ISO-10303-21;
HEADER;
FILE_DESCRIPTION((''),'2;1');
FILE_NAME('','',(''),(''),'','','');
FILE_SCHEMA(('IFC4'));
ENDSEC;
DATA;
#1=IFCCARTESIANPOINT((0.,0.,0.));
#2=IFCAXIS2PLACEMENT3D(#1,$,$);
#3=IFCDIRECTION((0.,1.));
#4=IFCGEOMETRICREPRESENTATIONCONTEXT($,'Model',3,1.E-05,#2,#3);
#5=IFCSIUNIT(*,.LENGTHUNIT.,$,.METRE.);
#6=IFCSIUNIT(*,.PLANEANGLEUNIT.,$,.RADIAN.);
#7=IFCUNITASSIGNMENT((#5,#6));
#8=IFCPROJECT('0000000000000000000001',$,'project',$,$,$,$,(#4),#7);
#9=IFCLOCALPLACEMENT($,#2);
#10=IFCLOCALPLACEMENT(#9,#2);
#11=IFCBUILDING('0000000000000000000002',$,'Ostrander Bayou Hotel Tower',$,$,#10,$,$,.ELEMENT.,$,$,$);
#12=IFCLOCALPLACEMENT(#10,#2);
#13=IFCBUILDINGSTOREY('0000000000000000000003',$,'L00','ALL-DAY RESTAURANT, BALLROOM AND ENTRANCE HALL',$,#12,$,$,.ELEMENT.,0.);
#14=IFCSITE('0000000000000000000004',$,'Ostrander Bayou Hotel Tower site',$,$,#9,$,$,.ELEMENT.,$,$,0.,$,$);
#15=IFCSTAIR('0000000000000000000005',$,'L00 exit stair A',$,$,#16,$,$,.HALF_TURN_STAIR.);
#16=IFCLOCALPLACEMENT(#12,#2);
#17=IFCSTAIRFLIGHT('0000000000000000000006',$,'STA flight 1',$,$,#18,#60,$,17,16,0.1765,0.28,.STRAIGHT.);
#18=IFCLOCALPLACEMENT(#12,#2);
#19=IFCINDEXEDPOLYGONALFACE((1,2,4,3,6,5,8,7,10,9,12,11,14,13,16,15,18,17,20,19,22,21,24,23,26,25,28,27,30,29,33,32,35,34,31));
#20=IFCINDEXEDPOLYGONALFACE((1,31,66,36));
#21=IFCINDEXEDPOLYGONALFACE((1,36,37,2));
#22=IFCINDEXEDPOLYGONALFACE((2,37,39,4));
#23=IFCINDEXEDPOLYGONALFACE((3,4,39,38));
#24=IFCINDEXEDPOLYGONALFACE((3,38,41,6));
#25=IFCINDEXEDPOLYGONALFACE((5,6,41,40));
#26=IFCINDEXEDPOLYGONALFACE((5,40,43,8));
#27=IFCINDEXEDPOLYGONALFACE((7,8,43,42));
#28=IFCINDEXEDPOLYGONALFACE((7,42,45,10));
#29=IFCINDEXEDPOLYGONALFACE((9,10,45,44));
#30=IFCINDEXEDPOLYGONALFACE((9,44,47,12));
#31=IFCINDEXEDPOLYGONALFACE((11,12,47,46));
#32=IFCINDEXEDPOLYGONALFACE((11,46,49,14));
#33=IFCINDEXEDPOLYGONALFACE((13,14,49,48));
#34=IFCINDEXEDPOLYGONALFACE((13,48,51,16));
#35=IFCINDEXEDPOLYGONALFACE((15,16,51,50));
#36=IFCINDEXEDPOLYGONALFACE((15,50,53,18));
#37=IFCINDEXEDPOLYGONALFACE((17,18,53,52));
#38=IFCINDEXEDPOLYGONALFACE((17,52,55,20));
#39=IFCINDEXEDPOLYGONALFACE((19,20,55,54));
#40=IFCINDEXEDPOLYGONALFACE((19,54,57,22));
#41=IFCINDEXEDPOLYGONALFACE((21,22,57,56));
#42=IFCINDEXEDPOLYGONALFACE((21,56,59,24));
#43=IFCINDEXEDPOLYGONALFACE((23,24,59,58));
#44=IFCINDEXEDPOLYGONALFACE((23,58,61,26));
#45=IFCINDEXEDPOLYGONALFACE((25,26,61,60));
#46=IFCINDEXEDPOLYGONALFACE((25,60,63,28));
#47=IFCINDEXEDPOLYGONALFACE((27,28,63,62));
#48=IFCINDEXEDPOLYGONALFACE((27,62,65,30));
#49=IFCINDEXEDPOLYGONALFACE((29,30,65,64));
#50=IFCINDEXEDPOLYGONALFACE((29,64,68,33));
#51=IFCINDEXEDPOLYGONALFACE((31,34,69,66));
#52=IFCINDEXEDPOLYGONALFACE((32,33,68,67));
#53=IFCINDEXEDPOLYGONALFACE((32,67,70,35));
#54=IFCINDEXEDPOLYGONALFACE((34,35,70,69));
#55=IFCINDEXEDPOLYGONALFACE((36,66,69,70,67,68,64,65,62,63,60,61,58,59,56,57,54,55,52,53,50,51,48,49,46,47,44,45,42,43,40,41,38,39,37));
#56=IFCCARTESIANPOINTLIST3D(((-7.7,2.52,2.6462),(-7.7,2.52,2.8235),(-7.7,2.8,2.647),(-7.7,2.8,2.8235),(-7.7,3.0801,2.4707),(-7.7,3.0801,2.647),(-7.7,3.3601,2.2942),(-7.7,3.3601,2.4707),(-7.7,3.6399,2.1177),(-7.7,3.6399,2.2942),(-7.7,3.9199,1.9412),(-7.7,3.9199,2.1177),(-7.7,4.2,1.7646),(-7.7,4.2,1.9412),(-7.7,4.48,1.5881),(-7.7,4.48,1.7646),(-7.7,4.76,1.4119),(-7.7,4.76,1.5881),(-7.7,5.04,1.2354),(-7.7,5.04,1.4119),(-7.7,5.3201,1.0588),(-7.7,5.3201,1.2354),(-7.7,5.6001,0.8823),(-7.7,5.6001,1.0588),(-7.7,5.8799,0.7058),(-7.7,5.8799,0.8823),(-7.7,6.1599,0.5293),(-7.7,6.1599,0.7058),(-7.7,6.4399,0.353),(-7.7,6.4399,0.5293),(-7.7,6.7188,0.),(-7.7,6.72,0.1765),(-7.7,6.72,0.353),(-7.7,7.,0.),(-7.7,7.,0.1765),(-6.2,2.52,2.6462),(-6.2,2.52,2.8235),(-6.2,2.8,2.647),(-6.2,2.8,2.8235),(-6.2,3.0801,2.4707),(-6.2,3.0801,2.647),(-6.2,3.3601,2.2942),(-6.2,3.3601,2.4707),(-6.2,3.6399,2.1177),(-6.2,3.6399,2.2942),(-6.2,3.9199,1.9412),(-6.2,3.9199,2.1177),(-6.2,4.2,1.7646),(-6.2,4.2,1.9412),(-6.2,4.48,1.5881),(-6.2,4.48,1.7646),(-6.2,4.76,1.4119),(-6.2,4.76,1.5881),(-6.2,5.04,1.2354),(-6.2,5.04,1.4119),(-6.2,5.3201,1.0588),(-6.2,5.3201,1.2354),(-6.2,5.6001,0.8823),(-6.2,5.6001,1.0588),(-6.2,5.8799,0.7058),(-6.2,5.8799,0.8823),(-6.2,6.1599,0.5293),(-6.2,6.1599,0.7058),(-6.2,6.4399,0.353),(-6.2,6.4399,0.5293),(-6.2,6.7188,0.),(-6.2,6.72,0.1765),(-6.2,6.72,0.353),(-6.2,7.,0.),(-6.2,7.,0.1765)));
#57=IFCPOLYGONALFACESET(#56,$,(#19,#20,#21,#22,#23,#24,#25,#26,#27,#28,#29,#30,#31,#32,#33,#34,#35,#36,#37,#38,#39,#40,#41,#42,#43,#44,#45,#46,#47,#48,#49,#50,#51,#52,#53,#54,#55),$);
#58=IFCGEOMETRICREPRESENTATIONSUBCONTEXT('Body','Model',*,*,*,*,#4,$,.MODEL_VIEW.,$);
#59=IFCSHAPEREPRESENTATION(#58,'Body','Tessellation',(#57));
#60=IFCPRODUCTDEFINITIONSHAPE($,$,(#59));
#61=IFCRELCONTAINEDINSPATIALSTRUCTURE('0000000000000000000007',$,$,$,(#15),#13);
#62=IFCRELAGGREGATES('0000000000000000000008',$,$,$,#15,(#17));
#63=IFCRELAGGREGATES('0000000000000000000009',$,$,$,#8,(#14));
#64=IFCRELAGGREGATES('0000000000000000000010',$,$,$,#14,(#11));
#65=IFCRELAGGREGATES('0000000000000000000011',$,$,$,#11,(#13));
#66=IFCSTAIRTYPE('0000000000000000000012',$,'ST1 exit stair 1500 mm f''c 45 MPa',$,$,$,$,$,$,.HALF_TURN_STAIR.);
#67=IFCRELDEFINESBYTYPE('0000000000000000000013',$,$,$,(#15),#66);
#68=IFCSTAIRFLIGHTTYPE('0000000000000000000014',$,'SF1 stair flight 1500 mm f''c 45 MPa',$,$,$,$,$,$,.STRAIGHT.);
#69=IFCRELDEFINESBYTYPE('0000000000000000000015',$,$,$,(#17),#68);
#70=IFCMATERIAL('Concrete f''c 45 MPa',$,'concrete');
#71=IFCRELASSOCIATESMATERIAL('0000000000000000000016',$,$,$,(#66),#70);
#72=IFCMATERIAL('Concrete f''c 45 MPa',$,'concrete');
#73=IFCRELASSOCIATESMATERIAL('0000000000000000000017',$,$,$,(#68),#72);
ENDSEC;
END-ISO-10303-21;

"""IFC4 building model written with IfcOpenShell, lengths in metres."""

from ifc_helpers import new_model, si_unit, direction, frame, origin, place, context, subcontext, project, spatial, polyline, outline, extrude, material, type_object, element, aggregate, save


model = new_model("IFC4")

# Units and contexts
model_context = context("Model", 3, precision=1e-05, world=origin(), true_north=direction((0.0, 1.0)))
body_context = subcontext(model_context, "Body", "Model", "MODEL_VIEW")
ifc_project = project(units=[si_unit("LENGTHUNIT", "METRE"), si_unit("PLANEANGLEUNIT", "RADIAN")], contexts=[model_context])

# Site, building, storey
site_placement = place(None, origin())
site = spatial("IfcSite", under=ifc_project, at=site_placement, Name="Ostrander Bayou Hotel Tower site", CompositionType="ELEMENT", RefElevation=0.0)
building_placement = place(site_placement, origin())
building = spatial("IfcBuilding", under=site, at=building_placement, Name="Ostrander Bayou Hotel Tower", CompositionType="ELEMENT")
storey_placement = place(building_placement, origin())
storey = spatial("IfcBuildingStorey", under=building, at=storey_placement, Name="L00", Description="ALL-DAY RESTAURANT, BALLROOM AND ENTRANCE HALL", CompositionType="ELEMENT", Elevation=0.0)

# Stair, stair flight
ifc_material_1 = material(Name="Concrete f'c 45 MPa", Category="concrete")
stair_type = type_object("IfcStairType", Name="ST1 exit stair 1500 mm f'c 45 MPa", PredefinedType="HALF_TURN_STAIR", material=ifc_material_1)
stair_placement = place(storey_placement, origin())
stair = element("IfcStair", 1, at=stair_placement, inside=storey, type_object=stair_type, Name="L00 exit stair A", PredefinedType="HALF_TURN_STAIR")
ifc_material_2 = material(Name="Concrete f'c 45 MPa", Category="concrete")
stair_flight_type = type_object("IfcStairFlightType", Name="SF1 stair flight 1500 mm f'c 45 MPa", PredefinedType="STRAIGHT", material=ifc_material_2)
stair_flight_placement = place(storey_placement, frame((-6.95, 7.0, 0.0), z_axis=(0.0, 0.0, 1.0), x_axis=(0.0, -1.0, 0.0)))
stair_flight = element("IfcStairFlight", 2, at=stair_flight_placement, type_object=stair_flight_type, Name="STA flight 1", NumberOfRisers=17, NumberOfTreads=16, PredefinedType="STRAIGHT", RiserHeight=0.1765, TreadLength=0.28, context=body_context, shape_type="SweptSolid", body=[
    extrude(outline(polyline([(0.0, 0.0), (0.0, 0.1765), (0.28, 0.1765), (0.28, 0.353), (0.5601, 0.353), (0.5601, 0.5293), (0.8401, 0.5293), (0.8401, 0.7058), (1.1201, 0.7058), (1.1201, 0.8823), (1.3999, 0.8823), (1.3999, 1.0588), (1.6799, 1.0588), (1.6799, 1.2354), (1.96, 1.2354), (1.96, 1.4119), (2.24, 1.4119), (2.24, 1.5881), (2.52, 1.5881), (2.52, 1.7646), (2.8, 1.7646), (2.8, 1.9412), (3.0801, 1.9412), (3.0801, 2.1177), (3.3601, 2.1177), (3.3601, 2.2942), (3.6399, 2.2942), (3.6399, 2.4707), (3.9199, 2.4707), (3.9199, 2.647), (4.2, 2.647), (4.2, 2.8235), (4.48, 2.8235), (4.48, 3.0), (4.48, 2.6462), (0.2812, 0.0), (0.0, 0.0)])), frame((0.0, 0.75, 0.0), z_axis=(0.0, -1.0, 0.0), x_axis=(1.0, 0.0, 0.0)), (0.0, 0.0, 1.0), 1.5),
])
aggregate(stair, [stair_flight])

save(model, "model.ifc")
